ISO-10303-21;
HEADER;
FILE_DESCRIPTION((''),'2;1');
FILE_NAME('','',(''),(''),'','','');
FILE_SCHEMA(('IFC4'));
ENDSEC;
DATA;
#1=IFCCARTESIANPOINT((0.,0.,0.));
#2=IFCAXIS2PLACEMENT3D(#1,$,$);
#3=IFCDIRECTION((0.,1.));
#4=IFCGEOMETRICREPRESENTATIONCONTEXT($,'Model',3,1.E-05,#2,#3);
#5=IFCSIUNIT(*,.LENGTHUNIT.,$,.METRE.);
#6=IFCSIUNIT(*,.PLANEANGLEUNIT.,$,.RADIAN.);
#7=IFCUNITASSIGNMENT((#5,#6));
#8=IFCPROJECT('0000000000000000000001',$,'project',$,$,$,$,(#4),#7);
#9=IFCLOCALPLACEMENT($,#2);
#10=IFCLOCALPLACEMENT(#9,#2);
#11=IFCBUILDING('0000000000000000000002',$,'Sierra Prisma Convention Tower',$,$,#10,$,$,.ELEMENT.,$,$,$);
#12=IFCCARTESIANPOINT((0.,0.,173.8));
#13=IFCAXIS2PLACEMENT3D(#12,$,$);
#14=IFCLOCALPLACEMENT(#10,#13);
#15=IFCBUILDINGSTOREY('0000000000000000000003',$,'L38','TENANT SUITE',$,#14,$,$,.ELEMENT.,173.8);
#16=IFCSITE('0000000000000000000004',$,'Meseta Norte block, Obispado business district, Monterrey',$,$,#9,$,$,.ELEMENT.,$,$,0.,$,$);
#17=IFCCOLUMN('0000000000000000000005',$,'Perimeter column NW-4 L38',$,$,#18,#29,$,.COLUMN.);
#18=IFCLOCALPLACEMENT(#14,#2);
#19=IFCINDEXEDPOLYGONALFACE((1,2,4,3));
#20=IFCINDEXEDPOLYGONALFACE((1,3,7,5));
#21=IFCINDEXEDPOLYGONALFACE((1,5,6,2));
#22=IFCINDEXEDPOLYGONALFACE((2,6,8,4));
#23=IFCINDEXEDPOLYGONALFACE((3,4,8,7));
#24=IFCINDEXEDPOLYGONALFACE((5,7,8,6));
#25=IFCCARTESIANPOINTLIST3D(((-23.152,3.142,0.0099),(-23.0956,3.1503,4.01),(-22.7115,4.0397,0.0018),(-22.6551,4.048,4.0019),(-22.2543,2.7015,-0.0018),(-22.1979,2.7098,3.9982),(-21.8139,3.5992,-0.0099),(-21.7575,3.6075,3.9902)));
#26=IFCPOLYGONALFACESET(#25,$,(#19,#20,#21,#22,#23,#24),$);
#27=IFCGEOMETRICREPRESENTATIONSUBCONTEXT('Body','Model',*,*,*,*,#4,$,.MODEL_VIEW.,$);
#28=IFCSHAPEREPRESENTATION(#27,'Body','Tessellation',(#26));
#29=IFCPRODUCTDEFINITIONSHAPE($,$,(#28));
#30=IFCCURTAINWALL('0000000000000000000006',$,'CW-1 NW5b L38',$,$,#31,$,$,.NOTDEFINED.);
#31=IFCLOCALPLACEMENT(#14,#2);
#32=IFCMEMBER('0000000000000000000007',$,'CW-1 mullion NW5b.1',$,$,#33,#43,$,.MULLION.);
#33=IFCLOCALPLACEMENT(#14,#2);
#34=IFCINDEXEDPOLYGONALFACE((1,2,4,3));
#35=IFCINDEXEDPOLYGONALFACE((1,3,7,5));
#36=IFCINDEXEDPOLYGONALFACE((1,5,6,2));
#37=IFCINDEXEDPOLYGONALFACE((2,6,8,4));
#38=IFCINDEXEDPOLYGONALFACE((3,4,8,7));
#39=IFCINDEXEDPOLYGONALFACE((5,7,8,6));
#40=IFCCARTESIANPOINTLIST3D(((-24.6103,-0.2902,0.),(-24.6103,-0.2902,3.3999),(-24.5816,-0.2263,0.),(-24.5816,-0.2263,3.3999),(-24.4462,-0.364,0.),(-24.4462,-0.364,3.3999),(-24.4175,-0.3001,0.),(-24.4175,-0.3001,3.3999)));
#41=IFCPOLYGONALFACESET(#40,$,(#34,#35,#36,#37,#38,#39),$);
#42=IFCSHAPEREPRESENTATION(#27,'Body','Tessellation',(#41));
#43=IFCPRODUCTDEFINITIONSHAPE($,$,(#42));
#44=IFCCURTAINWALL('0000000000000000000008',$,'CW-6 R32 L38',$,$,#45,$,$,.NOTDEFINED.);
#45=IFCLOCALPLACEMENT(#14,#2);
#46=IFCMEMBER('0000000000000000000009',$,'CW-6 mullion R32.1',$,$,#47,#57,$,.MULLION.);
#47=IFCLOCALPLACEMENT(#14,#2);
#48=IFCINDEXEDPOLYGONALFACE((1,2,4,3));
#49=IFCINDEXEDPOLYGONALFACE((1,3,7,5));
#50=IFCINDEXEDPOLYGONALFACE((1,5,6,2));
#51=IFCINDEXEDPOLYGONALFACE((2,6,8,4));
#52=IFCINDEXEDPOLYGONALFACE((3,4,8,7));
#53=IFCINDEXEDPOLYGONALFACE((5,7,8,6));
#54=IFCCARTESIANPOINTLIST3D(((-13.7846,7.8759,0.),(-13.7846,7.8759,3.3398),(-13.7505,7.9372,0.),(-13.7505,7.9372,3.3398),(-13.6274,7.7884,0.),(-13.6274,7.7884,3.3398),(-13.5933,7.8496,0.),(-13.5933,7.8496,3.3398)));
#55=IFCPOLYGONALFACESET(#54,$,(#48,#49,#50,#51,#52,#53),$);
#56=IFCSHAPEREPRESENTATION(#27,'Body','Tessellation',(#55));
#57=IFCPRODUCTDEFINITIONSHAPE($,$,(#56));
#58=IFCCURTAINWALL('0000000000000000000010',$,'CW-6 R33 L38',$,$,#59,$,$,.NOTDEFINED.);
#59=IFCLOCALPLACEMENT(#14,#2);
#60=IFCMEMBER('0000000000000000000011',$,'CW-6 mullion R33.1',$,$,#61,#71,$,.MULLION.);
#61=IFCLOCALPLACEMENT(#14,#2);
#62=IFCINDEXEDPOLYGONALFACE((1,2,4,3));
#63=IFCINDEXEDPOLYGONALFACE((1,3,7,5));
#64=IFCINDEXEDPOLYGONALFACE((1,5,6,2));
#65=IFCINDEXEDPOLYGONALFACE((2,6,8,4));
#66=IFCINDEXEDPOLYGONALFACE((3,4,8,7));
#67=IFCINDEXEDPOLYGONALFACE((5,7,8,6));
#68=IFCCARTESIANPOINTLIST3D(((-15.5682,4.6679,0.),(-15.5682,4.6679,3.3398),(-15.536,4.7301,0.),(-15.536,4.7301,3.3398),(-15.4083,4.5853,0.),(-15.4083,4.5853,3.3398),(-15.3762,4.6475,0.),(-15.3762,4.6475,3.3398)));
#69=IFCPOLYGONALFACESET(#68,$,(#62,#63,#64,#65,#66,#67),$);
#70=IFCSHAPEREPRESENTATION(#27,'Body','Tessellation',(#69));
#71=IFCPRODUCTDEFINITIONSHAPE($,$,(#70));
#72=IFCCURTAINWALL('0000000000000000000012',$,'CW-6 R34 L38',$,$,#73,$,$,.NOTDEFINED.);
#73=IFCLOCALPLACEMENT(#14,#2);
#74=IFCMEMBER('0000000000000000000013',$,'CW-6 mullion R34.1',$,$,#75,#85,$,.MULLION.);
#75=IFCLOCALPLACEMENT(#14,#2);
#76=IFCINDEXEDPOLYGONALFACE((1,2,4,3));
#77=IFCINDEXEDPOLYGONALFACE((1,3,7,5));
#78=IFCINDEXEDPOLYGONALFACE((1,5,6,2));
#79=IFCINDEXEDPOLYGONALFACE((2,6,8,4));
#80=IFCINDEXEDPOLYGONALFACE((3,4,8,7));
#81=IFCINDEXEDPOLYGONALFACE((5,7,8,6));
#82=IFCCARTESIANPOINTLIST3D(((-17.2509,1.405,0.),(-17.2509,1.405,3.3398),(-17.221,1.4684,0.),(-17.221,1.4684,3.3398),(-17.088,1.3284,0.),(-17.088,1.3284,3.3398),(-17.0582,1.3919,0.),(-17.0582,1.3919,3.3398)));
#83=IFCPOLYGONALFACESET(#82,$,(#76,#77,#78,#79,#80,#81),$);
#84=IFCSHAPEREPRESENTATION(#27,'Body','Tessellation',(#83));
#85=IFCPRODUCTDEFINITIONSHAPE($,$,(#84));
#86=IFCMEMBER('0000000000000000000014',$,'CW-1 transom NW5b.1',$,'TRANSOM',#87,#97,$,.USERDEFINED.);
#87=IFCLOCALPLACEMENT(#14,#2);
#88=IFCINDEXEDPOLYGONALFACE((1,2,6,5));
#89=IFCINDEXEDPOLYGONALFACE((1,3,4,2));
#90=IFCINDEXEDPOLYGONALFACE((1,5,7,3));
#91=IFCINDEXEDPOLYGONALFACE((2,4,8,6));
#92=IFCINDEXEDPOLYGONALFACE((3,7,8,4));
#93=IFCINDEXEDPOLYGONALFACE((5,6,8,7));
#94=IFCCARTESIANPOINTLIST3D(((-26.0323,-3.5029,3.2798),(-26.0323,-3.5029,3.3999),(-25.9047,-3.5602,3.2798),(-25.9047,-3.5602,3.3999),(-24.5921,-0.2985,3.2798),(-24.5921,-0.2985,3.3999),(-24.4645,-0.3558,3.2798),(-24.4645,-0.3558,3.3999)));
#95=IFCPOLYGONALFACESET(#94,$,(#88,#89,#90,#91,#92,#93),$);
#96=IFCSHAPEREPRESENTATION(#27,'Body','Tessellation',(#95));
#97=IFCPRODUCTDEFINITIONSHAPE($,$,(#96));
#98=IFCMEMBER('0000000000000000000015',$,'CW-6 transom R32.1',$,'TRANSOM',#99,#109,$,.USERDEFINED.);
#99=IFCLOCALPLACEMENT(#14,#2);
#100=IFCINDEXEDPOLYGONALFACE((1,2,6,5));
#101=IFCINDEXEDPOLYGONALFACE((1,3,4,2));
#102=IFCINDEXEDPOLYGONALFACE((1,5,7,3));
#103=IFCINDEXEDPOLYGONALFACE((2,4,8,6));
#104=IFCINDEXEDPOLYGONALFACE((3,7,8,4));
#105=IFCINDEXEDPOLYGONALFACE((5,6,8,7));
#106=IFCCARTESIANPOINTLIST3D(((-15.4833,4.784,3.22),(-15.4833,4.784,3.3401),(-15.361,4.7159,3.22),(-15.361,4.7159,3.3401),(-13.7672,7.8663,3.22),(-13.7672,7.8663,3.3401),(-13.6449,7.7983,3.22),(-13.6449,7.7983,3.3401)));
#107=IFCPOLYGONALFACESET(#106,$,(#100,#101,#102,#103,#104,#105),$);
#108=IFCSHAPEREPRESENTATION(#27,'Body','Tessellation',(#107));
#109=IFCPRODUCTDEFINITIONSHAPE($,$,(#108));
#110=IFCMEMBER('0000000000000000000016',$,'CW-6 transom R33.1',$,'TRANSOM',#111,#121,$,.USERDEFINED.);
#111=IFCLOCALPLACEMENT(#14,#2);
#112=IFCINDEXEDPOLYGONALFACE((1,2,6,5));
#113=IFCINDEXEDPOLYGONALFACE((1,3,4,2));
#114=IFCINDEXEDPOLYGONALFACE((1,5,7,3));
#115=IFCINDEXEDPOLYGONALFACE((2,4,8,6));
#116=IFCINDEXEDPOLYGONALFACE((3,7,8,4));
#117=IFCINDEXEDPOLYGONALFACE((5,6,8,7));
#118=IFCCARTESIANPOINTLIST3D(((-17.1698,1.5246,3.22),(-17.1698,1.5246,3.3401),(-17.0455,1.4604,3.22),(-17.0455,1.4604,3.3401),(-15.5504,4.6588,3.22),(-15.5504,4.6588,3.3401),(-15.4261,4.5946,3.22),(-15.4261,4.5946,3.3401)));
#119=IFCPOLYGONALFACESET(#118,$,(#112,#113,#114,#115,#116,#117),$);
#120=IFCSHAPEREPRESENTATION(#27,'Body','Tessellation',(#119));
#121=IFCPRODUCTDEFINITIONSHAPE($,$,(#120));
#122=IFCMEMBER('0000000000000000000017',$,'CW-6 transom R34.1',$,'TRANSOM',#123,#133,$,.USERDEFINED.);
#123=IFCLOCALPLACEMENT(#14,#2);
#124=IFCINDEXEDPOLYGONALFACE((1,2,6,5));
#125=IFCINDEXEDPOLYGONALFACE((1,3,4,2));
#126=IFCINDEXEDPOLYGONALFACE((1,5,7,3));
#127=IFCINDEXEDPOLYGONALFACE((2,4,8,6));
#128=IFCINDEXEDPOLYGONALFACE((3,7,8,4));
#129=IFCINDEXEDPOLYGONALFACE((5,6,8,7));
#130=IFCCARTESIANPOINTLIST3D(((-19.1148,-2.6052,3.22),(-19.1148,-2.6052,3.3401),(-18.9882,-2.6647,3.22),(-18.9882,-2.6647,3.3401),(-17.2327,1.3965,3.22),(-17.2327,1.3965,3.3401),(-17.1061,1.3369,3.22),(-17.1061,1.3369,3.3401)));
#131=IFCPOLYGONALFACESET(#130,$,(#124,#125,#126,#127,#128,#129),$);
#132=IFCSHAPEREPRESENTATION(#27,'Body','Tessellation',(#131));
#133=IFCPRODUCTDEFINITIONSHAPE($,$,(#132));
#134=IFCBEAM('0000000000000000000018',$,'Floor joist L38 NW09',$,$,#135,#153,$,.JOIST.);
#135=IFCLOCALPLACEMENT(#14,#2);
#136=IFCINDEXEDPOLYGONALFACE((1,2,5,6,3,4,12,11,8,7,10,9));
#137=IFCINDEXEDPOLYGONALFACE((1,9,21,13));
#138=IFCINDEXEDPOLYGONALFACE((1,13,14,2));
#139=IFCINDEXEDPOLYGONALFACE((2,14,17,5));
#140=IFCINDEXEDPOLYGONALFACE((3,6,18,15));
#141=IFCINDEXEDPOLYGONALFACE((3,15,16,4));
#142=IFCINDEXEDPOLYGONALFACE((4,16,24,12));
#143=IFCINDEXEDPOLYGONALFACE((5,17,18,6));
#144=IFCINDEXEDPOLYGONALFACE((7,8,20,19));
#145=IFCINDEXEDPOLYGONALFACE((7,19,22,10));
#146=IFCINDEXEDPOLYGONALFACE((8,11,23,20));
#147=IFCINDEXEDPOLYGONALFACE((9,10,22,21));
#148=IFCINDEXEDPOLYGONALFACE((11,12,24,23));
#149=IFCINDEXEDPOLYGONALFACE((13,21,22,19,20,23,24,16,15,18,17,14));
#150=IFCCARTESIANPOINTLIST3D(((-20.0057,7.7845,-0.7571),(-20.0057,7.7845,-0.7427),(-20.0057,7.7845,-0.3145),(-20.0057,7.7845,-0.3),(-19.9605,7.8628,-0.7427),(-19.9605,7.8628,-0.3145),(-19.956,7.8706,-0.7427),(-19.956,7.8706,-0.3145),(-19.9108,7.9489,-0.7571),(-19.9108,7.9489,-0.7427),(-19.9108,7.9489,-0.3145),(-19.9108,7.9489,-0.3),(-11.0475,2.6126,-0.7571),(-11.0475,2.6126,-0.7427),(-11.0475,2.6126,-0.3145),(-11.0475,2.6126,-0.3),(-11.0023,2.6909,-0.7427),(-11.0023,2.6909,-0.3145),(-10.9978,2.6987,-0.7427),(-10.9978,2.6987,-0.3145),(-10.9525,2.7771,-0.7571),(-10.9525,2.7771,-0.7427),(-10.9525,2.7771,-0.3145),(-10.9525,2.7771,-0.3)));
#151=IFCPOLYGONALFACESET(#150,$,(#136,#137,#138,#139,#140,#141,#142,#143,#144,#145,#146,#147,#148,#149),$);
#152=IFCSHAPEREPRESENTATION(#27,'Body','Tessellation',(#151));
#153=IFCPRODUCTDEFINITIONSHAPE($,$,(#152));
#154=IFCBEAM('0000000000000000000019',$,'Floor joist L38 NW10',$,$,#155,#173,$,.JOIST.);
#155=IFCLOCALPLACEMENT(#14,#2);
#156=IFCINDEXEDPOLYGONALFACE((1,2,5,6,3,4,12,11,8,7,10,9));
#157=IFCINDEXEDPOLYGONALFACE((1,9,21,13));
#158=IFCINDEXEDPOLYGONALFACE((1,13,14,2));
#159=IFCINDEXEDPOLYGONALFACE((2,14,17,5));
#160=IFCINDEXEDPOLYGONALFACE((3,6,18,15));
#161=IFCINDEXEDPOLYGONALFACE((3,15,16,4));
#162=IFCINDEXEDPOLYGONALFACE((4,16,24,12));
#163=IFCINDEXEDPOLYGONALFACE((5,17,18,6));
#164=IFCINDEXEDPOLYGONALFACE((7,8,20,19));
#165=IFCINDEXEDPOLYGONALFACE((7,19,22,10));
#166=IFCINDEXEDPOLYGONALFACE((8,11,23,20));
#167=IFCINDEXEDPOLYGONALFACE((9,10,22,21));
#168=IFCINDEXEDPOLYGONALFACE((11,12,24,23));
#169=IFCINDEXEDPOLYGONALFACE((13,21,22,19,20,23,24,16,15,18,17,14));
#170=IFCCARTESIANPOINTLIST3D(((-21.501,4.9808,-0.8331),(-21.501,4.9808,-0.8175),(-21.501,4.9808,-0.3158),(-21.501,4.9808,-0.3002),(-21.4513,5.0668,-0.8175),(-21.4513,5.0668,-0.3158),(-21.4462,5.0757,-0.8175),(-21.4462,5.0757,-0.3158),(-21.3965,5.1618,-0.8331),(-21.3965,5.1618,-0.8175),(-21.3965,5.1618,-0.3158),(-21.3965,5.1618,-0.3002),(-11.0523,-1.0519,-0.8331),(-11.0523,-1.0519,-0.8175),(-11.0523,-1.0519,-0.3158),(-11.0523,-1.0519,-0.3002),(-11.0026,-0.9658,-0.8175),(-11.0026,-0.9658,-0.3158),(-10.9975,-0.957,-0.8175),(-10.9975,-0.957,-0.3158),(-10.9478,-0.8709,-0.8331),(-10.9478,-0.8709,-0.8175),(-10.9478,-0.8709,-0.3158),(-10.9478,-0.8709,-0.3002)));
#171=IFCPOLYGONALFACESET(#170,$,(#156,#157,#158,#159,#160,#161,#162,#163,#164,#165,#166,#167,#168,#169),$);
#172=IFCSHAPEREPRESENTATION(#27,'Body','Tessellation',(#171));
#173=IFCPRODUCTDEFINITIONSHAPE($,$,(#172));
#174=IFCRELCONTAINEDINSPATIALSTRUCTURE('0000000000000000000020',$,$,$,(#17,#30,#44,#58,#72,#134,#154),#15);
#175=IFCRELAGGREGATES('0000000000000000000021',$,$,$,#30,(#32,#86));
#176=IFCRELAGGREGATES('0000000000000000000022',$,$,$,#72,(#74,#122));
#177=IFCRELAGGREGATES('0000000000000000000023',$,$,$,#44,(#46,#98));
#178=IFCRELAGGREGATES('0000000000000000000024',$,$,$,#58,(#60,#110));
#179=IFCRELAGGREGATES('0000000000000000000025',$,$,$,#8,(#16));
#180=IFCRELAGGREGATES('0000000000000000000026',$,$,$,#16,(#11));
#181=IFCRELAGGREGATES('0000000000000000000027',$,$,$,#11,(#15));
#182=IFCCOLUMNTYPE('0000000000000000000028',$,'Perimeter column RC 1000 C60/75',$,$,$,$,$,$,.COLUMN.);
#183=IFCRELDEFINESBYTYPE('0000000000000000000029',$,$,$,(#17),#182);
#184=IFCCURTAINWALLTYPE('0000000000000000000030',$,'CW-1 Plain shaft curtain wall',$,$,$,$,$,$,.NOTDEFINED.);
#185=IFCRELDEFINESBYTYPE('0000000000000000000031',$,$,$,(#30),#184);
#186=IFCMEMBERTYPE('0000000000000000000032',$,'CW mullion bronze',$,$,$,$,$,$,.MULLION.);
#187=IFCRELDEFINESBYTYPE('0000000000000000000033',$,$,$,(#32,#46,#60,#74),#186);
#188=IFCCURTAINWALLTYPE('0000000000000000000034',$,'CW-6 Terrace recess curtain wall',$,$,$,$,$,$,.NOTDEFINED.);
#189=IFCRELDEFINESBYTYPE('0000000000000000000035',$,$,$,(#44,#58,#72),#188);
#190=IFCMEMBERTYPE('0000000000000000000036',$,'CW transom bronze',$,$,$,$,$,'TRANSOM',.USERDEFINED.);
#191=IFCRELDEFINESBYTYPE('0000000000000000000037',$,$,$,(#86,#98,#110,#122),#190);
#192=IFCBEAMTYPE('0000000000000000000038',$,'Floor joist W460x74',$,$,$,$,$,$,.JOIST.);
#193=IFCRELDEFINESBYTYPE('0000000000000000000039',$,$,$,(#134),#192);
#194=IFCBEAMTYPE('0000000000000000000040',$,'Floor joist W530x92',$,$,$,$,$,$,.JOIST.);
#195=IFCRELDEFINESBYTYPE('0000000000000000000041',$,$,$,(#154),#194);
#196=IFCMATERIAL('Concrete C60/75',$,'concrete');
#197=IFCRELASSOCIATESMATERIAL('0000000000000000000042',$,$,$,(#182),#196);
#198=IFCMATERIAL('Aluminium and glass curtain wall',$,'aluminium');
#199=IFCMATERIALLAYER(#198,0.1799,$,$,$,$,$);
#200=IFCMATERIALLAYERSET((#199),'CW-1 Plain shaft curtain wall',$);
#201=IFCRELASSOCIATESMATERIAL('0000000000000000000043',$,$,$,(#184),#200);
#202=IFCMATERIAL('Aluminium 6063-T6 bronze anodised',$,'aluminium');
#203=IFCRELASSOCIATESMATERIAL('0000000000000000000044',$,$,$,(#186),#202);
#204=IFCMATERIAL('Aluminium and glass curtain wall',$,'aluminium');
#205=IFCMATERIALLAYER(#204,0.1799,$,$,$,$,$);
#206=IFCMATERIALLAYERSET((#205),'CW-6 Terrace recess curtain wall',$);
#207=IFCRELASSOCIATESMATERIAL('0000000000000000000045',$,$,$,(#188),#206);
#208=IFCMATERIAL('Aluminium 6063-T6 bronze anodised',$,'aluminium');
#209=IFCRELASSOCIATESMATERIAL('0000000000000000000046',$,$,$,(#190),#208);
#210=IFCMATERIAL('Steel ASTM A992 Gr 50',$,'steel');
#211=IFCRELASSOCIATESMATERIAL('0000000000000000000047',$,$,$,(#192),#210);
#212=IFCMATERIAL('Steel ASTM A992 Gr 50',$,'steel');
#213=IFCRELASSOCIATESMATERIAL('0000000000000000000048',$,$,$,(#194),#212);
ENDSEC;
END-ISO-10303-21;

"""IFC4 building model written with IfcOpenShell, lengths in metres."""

from ifc_helpers import new_model, si_unit, direction, frame, origin, origin_2d, place, context, subcontext, project, spatial, rectangle, i_section, extrude, material, layer, layer_set, material_profile, profile_set, type_object, element, aggregate, save


model = new_model("IFC4")

# Units and contexts
model_context = context("Model", 3, precision=1e-05, world=origin(), true_north=direction((0.0, 1.0)))
body_context = subcontext(model_context, "Body", "Model", "MODEL_VIEW")
ifc_project = project(units=[si_unit("LENGTHUNIT", "METRE"), si_unit("PLANEANGLEUNIT", "RADIAN")], contexts=[model_context])

# Site, building, storey
site_placement = place(None, origin())
site = spatial("IfcSite", under=ifc_project, at=site_placement, Name="Meseta Norte block, Obispado business district, Monterrey", CompositionType="ELEMENT", RefElevation=0.0)
building_placement = place(site_placement, origin())
building = spatial("IfcBuilding", under=site, at=building_placement, Name="Sierra Prisma Convention Tower", CompositionType="ELEMENT")
storey_placement = place(building_placement, frame((0.0, 0.0, 173.8)))
storey = spatial("IfcBuildingStorey", under=building, at=storey_placement, Name="L38", Description="TENANT SUITE", CompositionType="ELEMENT", Elevation=173.8)

# Column
ifc_material_1 = material(Name="Concrete C60/75", Category="concrete")
ifc_material_profile_1 = material_profile(ifc_material_1, rectangle(XDim=1.0, YDim=1.0, at=origin_2d()), Name="Perimeter column RC 1000 C60/75")
ifc_profile_set_1 = profile_set([ifc_material_profile_1], Name="Concrete C60/75")
column_type = type_object("IfcColumnType", Name="Perimeter column RC 1000 C60/75", PredefinedType="COLUMN", material=ifc_profile_set_1)
column_placement = place(storey_placement, frame((-22.4829, 3.3706, 0.0), z_axis=(0.014098, 0.002075, 0.999898), x_axis=(0.440411, 0.89776, -0.008072)))
element("IfcColumn", 1, at=column_placement, inside=storey, type_object=column_type, Name="Perimeter column NW-4 L38", PredefinedType="COLUMN", context=body_context, shape_type="SweptSolid", body=[
    extrude(rectangle(XDim=1.0, YDim=1.0, at=origin_2d()), origin(), (0.0, 0.0, 1.0), 4.0005),
])

# Curtain walls, members
ifc_material_2 = material(Name="Aluminium and glass curtain wall", Category="aluminium")
ifc_layer_1 = layer(ifc_material_2, 0.1799)
ifc_layer_set_1 = layer_set([ifc_layer_1], Name="CW-1 Plain shaft curtain wall")
curtain_wall_type_1 = type_object("IfcCurtainWallType", Name="CW-1 Plain shaft curtain wall", PredefinedType="NOTDEFINED", material=ifc_layer_set_1)
curtain_wall_1_placement = place(storey_placement, origin())
curtain_wall_1 = element("IfcCurtainWall", 2, at=curtain_wall_1_placement, inside=storey, type_object=curtain_wall_type_1, Name="CW-1 NW5b L38", PredefinedType="NOTDEFINED")
ifc_material_3 = material(Name="Aluminium 6063-T6 bronze anodised", Category="aluminium")
ifc_material_profile_2 = material_profile(ifc_material_3, rectangle(XDim=0.1799, YDim=0.0701, at=origin_2d()), Name="ALU MULLION 70x180")
ifc_profile_set_2 = profile_set([ifc_material_profile_2], Name="Aluminium 6063-T6 bronze anodised")
member_type_1 = type_object("IfcMemberType", Name="CW mullion bronze", PredefinedType="MULLION", material=ifc_profile_set_2)
member_1_placement = place(storey_placement, frame((-24.5139, -0.2952, 0.0), z_axis=(0.0, 0.0, 1.0), x_axis=(0.912124, -0.409914, 0.0)))
member_1 = element("IfcMember", 3, at=member_1_placement, type_object=member_type_1, Name="CW-1 mullion NW5b.1", PredefinedType="MULLION", context=body_context, shape_type="SweptSolid", body=[
    extrude(rectangle(XDim=0.1799, YDim=0.0701, at=origin_2d()), origin(), (0.0, 0.0, 1.0), 3.3999),
])
ifc_material_4 = material(Name="Aluminium and glass curtain wall", Category="aluminium")
ifc_layer_2 = layer(ifc_material_4, 0.1799)
ifc_layer_set_2 = layer_set([ifc_layer_2], Name="CW-6 Terrace recess curtain wall")
curtain_wall_type_2 = type_object("IfcCurtainWallType", Name="CW-6 Terrace recess curtain wall", PredefinedType="NOTDEFINED", material=ifc_layer_set_2)
curtain_wall_2_placement = place(storey_placement, origin())
curtain_wall_2 = element("IfcCurtainWall", 4, at=curtain_wall_2_placement, inside=storey, type_object=curtain_wall_type_2, Name="CW-6 R32 L38", PredefinedType="NOTDEFINED")
member_2_placement = place(storey_placement, frame((-13.689, 7.8628, 0.0), z_axis=(0.0, 0.0, 1.0), x_axis=(0.873708, -0.486451, 0.0)))
member_2 = element("IfcMember", 5, at=member_2_placement, type_object=member_type_1, Name="CW-6 mullion R32.1", PredefinedType="MULLION", context=body_context, shape_type="SweptSolid", body=[
    extrude(rectangle(XDim=0.1799, YDim=0.0701, at=origin_2d()), origin(), (0.0, 0.0, 1.0), 3.3398),
])
curtain_wall_3_placement = place(storey_placement, origin())
curtain_wall_3 = element("IfcCurtainWall", 6, at=curtain_wall_3_placement, inside=storey, type_object=curtain_wall_type_2, Name="CW-6 R33 L38", PredefinedType="NOTDEFINED")
member_3_placement = place(storey_placement, frame((-15.4722, 4.6577, 0.0), z_axis=(0.0, 0.0, 1.0), x_axis=(0.888435, -0.459003, 0.0)))
member_3 = element("IfcMember", 7, at=member_3_placement, type_object=member_type_1, Name="CW-6 mullion R33.1", PredefinedType="MULLION", context=body_context, shape_type="SweptSolid", body=[
    extrude(rectangle(XDim=0.1799, YDim=0.0701, at=origin_2d()), origin(), (0.0, 0.0, 1.0), 3.3398),
])
curtain_wall_4_placement = place(storey_placement, origin())
curtain_wall_4 = element("IfcCurtainWall", 8, at=curtain_wall_4_placement, inside=storey, type_object=curtain_wall_type_2, Name="CW-6 R34 L38", PredefinedType="NOTDEFINED")
member_4_placement = place(storey_placement, frame((-17.1545, 1.3984, 0.0), z_axis=(0.0, 0.0, 1.0), x_axis=(0.904916, -0.42559, 0.0)))
member_4 = element("IfcMember", 9, at=member_4_placement, type_object=member_type_1, Name="CW-6 mullion R34.1", PredefinedType="MULLION", context=body_context, shape_type="SweptSolid", body=[
    extrude(rectangle(XDim=0.1799, YDim=0.0701, at=origin_2d()), origin(), (0.0, 0.0, 1.0), 3.3398),
])

# Members
ifc_material_5 = material(Name="Aluminium 6063-T6 bronze anodised", Category="aluminium")
ifc_material_profile_3 = material_profile(ifc_material_5, rectangle(XDim=0.1399, YDim=0.1201, at=origin_2d()), Name="ALU TRANSOM 120x140")
ifc_profile_set_3 = profile_set([ifc_material_profile_3], Name="Aluminium 6063-T6 bronze anodised")
member_type_2 = type_object("IfcMemberType", Name="CW transom bronze", ElementType="TRANSOM", PredefinedType="USERDEFINED", material=ifc_profile_set_3)
member_5_placement = place(storey_placement, frame((-24.5283, -0.3271, 3.3398), z_axis=(-0.409946, -0.91211, 0.0), x_axis=(0.91211, -0.409946, 0.0)))
member_5 = element("IfcMember", 10, at=member_5_placement, type_object=member_type_2, Name="CW-1 transom NW5b.1", ObjectType="TRANSOM", PredefinedType="USERDEFINED", context=body_context, shape_type="SweptSolid", body=[
    extrude(rectangle(XDim=0.1399, YDim=0.1201, at=origin_2d()), origin(), (0.0, 0.0, 1.0), 3.5132),
])
aggregate(curtain_wall_1, [member_1, member_5])
member_6_placement = place(storey_placement, frame((-13.7061, 7.8323, 3.28), z_axis=(-0.486442, -0.873713, 0.0), x_axis=(0.873713, -0.486442, 0.0)))
member_6 = element("IfcMember", 11, at=member_6_placement, type_object=member_type_2, Name="CW-6 transom R32.1", ObjectType="TRANSOM", PredefinedType="USERDEFINED", context=body_context, shape_type="SweptSolid", body=[
    extrude(rectangle(XDim=0.1399, YDim=0.1201, at=origin_2d()), origin(), (0.0, 0.0, 1.0), 3.5278),
])
member_7_placement = place(storey_placement, frame((-15.4883, 4.6267, 3.28), z_axis=(-0.459022, -0.888425, 0.0), x_axis=(0.888425, -0.459022, 0.0)))
member_7 = element("IfcMember", 12, at=member_7_placement, type_object=member_type_2, Name="CW-6 transom R33.1", ObjectType="TRANSOM", PredefinedType="USERDEFINED", context=body_context, shape_type="SweptSolid", body=[
    extrude(rectangle(XDim=0.1399, YDim=0.1201, at=origin_2d()), origin(), (0.0, 0.0, 1.0), 3.5278),
])
member_8_placement = place(storey_placement, frame((-17.1694, 1.3667, 3.28), z_axis=(-0.425598, -0.904913, 0.0), x_axis=(0.904913, -0.425598, 0.0)))
member_8 = element("IfcMember", 13, at=member_8_placement, type_object=member_type_2, Name="CW-6 transom R34.1", ObjectType="TRANSOM", PredefinedType="USERDEFINED", context=body_context, shape_type="SweptSolid", body=[
    extrude(rectangle(XDim=0.1399, YDim=0.1201, at=origin_2d()), origin(), (0.0, 0.0, 1.0), 4.4221),
])
aggregate(curtain_wall_4, [member_4, member_8])

# Beams
ifc_material_6 = material(Name="Steel ASTM A992 Gr 50", Category="steel")
ifc_material_profile_4 = material_profile(ifc_material_6, i_section(OverallWidth=0.1899, OverallDepth=0.457, WebThickness=0.009, FlangeThickness=0.0144, at=origin_2d()), Name="W460x74")
ifc_profile_set_4 = profile_set([ifc_material_profile_4], Name="Steel ASTM A992 Gr 50")
beam_type_1 = type_object("IfcBeamType", Name="Floor joist W460x74", PredefinedType="JOIST", material=ifc_profile_set_4)
beam_1_placement = place(storey_placement, frame((-19.9583, 7.8667, -0.5286), z_axis=(0.866033, -0.499987, 0.0), x_axis=(0.499987, 0.866033, 0.0)))
element("IfcBeam", 14, at=beam_1_placement, inside=storey, type_object=beam_type_1, Name="Floor joist L38 NW09", PredefinedType="JOIST", context=body_context, shape_type="SweptSolid", body=[
    extrude(i_section(OverallWidth=0.1899, OverallDepth=0.457, WebThickness=0.009, FlangeThickness=0.0144, at=origin_2d()), origin(), (0.0, 0.0, 1.0), 10.344),
])
ifc_material_7 = material(Name="Steel ASTM A992 Gr 50", Category="steel")
ifc_material_profile_5 = material_profile(ifc_material_7, i_section(OverallWidth=0.209, OverallDepth=0.533, WebThickness=0.0103, FlangeThickness=0.0156, at=origin_2d()), Name="W530x92")
ifc_profile_set_5 = profile_set([ifc_material_profile_5], Name="Steel ASTM A992 Gr 50")
beam_type_2 = type_object("IfcBeamType", Name="Floor joist W530x92", PredefinedType="JOIST", material=ifc_profile_set_5)
beam_2_placement = place(storey_placement, frame((-21.4487, 5.0713, -0.5667), z_axis=(0.86602, -0.500009, 0.0), x_axis=(0.500009, 0.86602, 0.0)))
element("IfcBeam", 15, at=beam_2_placement, inside=storey, type_object=beam_type_2, Name="Floor joist L38 NW10", PredefinedType="JOIST", context=body_context, shape_type="SweptSolid", body=[
    extrude(i_section(OverallWidth=0.209, OverallDepth=0.533, WebThickness=0.0103, FlangeThickness=0.0156, at=origin_2d()), origin(), (0.0, 0.0, 1.0), 12.0652),
])

aggregate(curtain_wall_2, [member_2, member_6])
aggregate(curtain_wall_3, [member_3, member_7])

save(model, "model.ifc")
